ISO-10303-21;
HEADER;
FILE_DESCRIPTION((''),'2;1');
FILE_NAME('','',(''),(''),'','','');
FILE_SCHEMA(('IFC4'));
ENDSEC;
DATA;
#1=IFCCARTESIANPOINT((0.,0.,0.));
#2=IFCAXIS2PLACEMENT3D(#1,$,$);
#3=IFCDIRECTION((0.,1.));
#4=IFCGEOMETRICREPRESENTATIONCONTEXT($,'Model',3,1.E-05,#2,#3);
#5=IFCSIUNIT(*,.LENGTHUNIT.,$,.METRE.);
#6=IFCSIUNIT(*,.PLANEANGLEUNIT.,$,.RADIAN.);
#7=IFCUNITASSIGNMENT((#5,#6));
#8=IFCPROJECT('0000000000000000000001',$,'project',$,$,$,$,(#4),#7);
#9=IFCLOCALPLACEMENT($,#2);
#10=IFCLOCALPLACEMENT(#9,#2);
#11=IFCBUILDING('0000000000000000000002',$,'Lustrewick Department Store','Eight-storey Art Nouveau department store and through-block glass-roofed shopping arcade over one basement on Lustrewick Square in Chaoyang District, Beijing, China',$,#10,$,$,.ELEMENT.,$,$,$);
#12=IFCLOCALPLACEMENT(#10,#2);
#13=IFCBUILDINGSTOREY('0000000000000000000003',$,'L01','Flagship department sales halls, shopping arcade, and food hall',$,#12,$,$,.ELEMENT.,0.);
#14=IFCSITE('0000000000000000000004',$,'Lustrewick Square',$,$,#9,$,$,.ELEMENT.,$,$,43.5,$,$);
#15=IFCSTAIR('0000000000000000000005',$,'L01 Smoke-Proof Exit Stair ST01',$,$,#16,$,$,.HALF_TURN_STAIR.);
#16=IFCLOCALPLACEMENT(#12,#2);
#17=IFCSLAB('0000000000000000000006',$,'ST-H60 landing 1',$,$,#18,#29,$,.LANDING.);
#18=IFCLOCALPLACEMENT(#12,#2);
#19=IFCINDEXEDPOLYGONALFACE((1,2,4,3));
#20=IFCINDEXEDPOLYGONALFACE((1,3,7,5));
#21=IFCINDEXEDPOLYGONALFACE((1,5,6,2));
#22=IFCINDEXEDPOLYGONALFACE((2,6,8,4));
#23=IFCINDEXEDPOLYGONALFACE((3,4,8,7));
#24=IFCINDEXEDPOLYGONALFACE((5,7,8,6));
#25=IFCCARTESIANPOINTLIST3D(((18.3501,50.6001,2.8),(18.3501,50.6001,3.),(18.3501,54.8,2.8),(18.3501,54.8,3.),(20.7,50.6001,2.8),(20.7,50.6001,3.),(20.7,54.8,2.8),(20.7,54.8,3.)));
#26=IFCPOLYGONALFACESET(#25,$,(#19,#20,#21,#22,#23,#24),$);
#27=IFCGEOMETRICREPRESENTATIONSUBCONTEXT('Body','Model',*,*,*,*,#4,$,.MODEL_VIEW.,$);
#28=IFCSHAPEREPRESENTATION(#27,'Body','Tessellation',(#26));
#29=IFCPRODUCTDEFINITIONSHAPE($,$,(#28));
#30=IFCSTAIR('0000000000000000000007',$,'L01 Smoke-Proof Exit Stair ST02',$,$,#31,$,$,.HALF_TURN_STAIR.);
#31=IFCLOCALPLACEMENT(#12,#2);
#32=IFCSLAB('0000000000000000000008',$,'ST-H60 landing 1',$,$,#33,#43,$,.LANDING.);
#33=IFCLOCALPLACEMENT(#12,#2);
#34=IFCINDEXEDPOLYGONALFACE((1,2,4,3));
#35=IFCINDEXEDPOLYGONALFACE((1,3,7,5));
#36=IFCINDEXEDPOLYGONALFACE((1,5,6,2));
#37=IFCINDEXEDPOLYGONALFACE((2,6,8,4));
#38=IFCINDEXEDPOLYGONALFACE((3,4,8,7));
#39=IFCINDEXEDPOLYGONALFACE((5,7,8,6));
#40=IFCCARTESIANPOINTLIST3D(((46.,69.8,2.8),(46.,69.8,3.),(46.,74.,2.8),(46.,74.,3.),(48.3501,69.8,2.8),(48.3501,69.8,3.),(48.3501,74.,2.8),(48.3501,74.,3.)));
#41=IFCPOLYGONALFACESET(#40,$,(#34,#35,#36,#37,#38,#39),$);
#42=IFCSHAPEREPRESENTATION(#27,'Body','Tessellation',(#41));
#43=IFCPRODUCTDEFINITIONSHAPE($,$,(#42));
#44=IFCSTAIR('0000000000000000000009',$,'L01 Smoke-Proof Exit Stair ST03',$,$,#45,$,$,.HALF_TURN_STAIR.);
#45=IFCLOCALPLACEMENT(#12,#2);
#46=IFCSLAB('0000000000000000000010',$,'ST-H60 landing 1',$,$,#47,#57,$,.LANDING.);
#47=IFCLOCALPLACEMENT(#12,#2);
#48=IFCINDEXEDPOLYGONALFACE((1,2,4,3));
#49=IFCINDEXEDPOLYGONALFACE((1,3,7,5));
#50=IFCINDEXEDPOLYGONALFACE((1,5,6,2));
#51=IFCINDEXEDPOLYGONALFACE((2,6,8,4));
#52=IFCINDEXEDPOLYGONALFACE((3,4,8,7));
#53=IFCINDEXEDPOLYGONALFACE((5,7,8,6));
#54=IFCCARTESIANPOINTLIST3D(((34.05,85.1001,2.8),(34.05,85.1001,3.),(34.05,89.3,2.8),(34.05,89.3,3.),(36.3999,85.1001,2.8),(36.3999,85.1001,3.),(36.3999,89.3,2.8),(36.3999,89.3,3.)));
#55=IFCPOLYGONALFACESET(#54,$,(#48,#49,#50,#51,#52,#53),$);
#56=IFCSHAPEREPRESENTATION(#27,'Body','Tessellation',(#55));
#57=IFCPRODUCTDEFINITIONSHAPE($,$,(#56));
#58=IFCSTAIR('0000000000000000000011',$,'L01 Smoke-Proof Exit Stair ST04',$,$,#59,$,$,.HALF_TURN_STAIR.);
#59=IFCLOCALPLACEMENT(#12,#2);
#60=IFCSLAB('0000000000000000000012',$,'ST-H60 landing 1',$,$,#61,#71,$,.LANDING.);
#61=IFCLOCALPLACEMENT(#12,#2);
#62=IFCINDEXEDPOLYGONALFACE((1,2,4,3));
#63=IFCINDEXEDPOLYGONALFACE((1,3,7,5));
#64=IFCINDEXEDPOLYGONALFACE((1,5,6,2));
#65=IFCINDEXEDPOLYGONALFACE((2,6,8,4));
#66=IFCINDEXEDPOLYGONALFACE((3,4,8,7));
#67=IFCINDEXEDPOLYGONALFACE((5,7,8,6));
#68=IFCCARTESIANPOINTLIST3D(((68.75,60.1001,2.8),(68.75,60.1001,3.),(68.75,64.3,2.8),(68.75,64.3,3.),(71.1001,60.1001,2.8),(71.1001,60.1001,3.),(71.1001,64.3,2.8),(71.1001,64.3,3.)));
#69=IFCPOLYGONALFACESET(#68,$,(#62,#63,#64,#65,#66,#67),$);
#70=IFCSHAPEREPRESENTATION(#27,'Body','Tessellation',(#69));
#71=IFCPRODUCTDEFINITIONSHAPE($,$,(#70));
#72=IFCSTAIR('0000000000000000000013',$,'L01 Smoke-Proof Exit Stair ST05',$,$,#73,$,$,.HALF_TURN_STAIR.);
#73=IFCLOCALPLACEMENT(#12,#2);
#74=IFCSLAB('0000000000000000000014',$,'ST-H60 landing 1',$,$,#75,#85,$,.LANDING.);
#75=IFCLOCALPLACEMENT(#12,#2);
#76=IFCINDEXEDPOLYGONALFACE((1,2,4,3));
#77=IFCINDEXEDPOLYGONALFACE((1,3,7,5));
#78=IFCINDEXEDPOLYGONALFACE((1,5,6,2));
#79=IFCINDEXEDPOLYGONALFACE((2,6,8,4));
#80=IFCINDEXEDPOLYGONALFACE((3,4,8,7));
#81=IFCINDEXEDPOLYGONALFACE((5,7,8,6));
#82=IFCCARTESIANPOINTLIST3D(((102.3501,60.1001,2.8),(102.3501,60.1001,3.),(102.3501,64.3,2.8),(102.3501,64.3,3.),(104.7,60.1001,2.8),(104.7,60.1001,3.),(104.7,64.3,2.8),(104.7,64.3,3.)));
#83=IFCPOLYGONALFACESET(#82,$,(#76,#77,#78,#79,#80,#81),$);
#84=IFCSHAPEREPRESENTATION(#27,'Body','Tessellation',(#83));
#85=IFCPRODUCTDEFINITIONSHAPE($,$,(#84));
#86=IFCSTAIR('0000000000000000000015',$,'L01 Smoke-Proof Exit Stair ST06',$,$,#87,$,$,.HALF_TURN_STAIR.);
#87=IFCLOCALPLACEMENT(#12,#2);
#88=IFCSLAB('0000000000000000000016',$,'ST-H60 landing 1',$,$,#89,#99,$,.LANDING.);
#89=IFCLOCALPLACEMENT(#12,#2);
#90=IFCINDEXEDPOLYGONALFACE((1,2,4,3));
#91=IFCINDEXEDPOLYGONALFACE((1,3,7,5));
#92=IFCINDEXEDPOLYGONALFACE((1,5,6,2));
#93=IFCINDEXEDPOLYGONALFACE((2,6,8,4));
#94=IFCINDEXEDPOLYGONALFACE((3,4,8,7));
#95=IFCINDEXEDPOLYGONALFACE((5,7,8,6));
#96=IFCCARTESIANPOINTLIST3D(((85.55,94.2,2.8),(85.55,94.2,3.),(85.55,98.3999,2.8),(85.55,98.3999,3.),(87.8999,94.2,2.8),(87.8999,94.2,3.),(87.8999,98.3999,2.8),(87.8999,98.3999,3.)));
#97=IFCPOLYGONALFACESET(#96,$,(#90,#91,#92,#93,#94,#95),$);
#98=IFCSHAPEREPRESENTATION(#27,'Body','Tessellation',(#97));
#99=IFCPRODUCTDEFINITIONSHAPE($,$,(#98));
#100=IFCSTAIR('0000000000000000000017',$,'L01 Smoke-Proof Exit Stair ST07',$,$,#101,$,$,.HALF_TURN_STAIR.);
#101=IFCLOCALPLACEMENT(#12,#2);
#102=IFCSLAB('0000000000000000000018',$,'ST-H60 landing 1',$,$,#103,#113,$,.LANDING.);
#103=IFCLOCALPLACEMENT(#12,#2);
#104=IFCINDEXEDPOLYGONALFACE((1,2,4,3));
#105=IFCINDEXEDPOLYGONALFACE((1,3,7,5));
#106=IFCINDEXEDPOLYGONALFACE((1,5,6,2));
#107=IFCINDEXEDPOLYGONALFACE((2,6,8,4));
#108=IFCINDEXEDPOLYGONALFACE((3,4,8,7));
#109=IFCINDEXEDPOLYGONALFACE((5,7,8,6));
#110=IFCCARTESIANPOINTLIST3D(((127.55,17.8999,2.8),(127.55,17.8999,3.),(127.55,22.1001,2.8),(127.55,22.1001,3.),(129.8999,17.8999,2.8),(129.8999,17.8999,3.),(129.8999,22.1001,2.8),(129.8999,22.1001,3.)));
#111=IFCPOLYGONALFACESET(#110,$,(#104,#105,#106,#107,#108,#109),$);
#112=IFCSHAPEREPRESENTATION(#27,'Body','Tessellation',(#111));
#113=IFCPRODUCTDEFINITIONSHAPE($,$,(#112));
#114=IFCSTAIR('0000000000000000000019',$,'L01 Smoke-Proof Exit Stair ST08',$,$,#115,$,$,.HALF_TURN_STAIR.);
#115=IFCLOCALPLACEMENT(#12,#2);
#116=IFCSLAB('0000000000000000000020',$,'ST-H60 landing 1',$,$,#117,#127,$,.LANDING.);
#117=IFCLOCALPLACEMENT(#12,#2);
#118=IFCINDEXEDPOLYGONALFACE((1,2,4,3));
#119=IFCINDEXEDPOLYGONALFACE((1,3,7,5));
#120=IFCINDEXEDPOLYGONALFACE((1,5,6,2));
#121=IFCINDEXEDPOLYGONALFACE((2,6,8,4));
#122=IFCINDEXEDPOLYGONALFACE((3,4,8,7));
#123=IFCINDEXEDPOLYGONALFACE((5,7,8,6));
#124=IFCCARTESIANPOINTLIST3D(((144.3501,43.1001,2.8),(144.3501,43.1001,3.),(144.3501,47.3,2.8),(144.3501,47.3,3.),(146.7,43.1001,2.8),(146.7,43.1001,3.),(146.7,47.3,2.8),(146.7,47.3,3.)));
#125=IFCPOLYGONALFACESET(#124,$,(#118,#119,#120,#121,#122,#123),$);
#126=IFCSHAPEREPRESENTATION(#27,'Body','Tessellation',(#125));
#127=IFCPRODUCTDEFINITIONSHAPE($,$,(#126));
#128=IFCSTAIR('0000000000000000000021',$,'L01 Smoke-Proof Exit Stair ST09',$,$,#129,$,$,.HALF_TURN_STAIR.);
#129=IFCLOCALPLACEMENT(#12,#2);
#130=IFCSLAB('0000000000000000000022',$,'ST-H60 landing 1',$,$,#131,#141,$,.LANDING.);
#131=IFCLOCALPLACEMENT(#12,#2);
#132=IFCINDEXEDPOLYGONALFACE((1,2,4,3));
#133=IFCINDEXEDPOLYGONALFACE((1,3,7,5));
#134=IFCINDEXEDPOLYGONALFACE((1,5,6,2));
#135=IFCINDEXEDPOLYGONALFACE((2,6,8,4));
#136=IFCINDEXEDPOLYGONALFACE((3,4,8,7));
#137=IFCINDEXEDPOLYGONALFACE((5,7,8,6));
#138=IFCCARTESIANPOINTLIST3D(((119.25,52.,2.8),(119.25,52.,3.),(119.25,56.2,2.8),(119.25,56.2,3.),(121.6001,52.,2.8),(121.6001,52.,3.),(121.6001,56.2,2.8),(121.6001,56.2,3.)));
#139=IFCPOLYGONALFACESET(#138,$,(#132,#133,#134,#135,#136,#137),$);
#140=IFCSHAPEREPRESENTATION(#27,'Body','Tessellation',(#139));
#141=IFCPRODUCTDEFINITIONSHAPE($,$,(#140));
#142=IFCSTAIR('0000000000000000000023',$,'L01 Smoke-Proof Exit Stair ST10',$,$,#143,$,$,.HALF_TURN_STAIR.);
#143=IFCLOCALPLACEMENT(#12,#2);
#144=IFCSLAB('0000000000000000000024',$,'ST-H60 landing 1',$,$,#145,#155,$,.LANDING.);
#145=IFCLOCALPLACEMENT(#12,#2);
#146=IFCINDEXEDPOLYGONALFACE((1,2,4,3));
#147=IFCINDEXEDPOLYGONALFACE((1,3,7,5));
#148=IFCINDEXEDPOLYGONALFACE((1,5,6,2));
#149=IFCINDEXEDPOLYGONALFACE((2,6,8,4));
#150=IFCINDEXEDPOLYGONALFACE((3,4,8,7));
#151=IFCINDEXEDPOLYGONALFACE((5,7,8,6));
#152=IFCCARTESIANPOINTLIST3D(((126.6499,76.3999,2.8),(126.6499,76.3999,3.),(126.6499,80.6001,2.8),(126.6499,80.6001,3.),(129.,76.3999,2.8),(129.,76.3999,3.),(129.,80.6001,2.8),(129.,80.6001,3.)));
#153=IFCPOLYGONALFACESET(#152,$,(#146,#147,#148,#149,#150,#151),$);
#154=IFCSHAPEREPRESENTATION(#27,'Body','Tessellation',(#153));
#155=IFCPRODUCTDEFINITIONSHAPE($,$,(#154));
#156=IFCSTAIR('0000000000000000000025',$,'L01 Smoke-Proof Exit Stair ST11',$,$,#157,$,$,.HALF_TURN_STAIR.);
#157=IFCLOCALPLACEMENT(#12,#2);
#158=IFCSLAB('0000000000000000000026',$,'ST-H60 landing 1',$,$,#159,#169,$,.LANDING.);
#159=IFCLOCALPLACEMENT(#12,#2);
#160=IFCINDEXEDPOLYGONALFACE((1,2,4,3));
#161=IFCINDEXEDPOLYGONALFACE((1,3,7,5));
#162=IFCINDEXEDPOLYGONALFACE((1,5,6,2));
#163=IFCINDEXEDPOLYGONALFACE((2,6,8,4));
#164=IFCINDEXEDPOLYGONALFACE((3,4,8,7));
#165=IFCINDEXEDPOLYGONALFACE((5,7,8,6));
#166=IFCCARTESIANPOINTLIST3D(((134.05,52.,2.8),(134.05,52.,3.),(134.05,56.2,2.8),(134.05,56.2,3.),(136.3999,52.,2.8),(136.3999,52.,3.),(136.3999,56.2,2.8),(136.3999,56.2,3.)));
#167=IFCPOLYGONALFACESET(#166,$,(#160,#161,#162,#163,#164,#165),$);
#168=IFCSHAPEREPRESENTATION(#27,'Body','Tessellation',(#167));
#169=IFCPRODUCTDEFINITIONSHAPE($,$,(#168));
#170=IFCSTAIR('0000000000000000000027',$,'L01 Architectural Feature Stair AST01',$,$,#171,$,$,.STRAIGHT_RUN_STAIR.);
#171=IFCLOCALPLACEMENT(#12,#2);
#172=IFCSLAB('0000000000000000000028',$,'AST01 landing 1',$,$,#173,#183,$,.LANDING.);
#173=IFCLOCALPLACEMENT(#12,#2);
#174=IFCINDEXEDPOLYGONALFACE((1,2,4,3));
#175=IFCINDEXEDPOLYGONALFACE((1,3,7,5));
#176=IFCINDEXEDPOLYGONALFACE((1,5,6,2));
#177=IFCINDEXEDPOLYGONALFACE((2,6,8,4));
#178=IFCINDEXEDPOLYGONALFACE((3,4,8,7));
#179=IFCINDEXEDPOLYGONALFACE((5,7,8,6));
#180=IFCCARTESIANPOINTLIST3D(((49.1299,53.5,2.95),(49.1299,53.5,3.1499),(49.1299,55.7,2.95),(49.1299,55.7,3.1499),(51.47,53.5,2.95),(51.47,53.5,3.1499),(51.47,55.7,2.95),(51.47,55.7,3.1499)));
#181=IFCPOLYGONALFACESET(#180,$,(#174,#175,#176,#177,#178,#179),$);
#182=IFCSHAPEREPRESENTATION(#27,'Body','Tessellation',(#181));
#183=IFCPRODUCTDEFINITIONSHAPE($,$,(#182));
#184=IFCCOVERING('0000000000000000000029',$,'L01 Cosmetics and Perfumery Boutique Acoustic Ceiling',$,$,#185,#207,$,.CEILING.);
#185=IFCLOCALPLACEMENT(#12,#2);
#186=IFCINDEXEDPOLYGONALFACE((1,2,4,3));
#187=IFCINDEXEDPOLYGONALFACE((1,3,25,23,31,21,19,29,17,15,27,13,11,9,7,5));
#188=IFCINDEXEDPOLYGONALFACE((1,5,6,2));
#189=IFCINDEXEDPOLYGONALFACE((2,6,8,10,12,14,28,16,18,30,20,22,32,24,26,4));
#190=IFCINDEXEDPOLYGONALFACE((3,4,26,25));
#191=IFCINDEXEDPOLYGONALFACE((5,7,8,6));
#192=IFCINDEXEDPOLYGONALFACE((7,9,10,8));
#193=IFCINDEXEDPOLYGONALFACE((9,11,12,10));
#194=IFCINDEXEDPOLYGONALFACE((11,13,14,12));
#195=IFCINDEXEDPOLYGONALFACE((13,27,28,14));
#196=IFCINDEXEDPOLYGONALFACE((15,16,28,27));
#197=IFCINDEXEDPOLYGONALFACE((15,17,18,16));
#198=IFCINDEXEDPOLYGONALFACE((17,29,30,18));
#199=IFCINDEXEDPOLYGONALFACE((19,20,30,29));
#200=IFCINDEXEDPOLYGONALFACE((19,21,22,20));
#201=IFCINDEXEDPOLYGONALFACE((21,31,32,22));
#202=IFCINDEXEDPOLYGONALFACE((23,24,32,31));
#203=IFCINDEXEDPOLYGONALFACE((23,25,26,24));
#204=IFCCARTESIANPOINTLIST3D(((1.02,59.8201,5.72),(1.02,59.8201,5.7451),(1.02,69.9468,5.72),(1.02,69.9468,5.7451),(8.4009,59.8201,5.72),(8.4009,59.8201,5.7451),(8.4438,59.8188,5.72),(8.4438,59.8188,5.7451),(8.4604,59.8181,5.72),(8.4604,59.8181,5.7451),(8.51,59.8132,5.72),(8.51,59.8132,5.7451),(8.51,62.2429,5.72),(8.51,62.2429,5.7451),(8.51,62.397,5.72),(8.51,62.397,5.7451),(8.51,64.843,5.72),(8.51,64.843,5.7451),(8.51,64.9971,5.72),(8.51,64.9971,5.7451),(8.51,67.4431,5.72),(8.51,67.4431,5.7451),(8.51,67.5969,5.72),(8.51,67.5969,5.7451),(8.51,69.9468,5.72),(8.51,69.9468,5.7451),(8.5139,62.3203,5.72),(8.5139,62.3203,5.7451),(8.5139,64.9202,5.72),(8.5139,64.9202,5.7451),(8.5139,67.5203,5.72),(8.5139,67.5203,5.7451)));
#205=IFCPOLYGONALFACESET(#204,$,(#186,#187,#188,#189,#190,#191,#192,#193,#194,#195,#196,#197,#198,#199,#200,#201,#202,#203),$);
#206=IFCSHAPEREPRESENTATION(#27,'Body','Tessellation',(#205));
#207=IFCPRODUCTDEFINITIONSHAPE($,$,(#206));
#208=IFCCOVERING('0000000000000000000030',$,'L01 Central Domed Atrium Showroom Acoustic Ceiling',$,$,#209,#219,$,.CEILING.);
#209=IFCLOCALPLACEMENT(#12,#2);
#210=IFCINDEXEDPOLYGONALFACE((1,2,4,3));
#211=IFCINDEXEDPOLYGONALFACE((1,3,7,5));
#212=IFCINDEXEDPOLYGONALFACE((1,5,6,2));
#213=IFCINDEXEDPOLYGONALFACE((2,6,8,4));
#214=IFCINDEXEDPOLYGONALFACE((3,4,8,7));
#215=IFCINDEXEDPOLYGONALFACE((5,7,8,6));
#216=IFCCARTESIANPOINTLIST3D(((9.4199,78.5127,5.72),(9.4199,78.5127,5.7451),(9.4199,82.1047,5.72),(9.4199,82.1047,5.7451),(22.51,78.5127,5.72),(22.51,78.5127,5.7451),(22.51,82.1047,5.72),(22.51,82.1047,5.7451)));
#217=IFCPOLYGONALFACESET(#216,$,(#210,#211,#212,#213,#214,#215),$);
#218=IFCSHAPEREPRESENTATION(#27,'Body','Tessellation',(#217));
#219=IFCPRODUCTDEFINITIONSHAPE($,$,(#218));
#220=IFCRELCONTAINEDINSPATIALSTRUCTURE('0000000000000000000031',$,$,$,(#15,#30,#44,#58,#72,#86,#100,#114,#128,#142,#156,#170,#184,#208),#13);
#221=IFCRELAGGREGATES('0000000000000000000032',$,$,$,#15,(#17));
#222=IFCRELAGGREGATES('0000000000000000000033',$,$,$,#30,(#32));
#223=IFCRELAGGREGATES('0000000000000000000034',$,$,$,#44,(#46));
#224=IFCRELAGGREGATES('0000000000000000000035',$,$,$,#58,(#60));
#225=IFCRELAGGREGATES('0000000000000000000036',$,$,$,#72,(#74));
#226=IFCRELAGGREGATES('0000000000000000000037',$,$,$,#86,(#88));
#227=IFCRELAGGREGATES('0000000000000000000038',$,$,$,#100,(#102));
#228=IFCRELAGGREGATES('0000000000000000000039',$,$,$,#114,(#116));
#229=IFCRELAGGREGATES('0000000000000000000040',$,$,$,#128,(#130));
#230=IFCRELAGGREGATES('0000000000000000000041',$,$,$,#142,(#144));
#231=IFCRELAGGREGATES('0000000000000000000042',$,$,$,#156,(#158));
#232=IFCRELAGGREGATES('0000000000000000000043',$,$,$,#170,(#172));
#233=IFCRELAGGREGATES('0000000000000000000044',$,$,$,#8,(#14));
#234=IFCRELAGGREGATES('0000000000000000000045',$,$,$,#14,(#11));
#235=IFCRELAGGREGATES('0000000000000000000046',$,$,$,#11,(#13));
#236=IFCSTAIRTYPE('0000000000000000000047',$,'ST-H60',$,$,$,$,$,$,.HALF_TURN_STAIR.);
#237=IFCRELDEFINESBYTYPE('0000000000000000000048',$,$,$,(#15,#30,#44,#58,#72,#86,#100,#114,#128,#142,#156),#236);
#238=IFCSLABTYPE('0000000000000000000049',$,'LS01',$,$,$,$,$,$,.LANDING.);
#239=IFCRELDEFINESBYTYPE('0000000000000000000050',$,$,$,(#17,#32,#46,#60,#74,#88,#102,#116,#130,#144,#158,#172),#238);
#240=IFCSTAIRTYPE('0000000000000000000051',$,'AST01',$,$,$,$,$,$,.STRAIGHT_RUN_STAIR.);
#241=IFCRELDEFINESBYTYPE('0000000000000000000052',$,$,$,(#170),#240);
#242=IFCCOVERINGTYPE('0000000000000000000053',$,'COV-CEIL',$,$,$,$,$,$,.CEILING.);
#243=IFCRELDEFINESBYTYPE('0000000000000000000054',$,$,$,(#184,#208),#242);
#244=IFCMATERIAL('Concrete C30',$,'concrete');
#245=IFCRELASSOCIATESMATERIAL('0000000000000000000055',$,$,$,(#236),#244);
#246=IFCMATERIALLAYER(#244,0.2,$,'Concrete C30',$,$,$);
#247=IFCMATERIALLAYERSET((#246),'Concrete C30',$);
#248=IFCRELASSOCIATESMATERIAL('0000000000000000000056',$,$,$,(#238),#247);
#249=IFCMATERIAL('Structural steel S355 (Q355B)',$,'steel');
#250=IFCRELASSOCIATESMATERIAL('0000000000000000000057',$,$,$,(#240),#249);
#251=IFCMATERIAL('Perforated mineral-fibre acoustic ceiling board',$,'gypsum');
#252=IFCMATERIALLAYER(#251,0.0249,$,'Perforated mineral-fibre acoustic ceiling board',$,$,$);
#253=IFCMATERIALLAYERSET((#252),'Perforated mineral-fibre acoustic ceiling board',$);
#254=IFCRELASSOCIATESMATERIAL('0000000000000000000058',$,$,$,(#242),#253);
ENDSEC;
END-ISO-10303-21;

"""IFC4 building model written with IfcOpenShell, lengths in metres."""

from ifc_helpers import new_model, si_unit, direction, frame, origin, place, context, subcontext, project, spatial, polyline, outline, extrude, material, layer, layer_set, type_object, element, aggregate, save


model = new_model("IFC4")

# Units and contexts
model_context = context("Model", 3, precision=1e-05, world=origin(), true_north=direction((0.0, 1.0)))
body_context = subcontext(model_context, "Body", "Model", "MODEL_VIEW")
ifc_project = project(units=[si_unit("LENGTHUNIT", "METRE"), si_unit("PLANEANGLEUNIT", "RADIAN")], contexts=[model_context])

# Site, building, storey
site_placement = place(None, origin())
site = spatial("IfcSite", under=ifc_project, at=site_placement, Name="Lustrewick Square", CompositionType="ELEMENT", RefElevation=43.5)
building_placement = place(site_placement, origin())
building = spatial("IfcBuilding", under=site, at=building_placement, Name="Lustrewick Department Store", Description="Eight-storey Art Nouveau department store and through-block glass-roofed shopping arcade over one basement on Lustrewick Square in Chaoyang District, Beijing, China", CompositionType="ELEMENT")
storey_placement = place(building_placement, origin())
storey = spatial("IfcBuildingStorey", under=building, at=storey_placement, Name="L01", Description="Flagship department sales halls, shopping arcade, and food hall", CompositionType="ELEMENT", Elevation=0.0)

# Stairs, slabs
ifc_material_1 = material(Name="Concrete C30", Category="concrete")
stair_type_1 = type_object("IfcStairType", Name="ST-H60", PredefinedType="HALF_TURN_STAIR", material=ifc_material_1)
stair_1_placement = place(storey_placement, origin())
stair_1 = element("IfcStair", 1, at=stair_1_placement, inside=storey, type_object=stair_type_1, Name="L01 Smoke-Proof Exit Stair ST01", PredefinedType="HALF_TURN_STAIR")
ifc_layer_1 = layer(ifc_material_1, 0.2, Name="Concrete C30")
ifc_layer_set_1 = layer_set([ifc_layer_1], Name="Concrete C30")
slab_type = type_object("IfcSlabType", Name="LS01", PredefinedType="LANDING", material=ifc_layer_set_1)
slab_1_placement = place(storey_placement, frame((0.0, 0.0, 2.8)))
slab_1 = element("IfcSlab", 2, at=slab_1_placement, type_object=slab_type, Name="ST-H60 landing 1", PredefinedType="LANDING", context=body_context, shape_type="SweptSolid", body=[
    extrude(outline(polyline([(18.3501, 50.6001), (20.7, 50.6001), (20.7, 54.8), (18.3501, 54.8), (18.3501, 50.6001)])), origin(), (0.0, 0.0, 1.0), 0.2),
])
aggregate(stair_1, [slab_1])
stair_2_placement = place(storey_placement, origin())
stair_2 = element("IfcStair", 3, at=stair_2_placement, inside=storey, type_object=stair_type_1, Name="L01 Smoke-Proof Exit Stair ST02", PredefinedType="HALF_TURN_STAIR")
slab_2_placement = place(storey_placement, frame((0.0, 0.0, 2.8)))
slab_2 = element("IfcSlab", 4, at=slab_2_placement, type_object=slab_type, Name="ST-H60 landing 1", PredefinedType="LANDING", context=body_context, shape_type="SweptSolid", body=[
    extrude(outline(polyline([(48.3501, 74.0), (46.0, 74.0), (46.0, 69.8), (48.3501, 69.8), (48.3501, 74.0)])), origin(), (0.0, 0.0, 1.0), 0.2),
])
aggregate(stair_2, [slab_2])
stair_3_placement = place(storey_placement, origin())
stair_3 = element("IfcStair", 5, at=stair_3_placement, inside=storey, type_object=stair_type_1, Name="L01 Smoke-Proof Exit Stair ST03", PredefinedType="HALF_TURN_STAIR")
slab_3_placement = place(storey_placement, frame((0.0, 0.0, 2.8)))
slab_3 = element("IfcSlab", 6, at=slab_3_placement, type_object=slab_type, Name="ST-H60 landing 1", PredefinedType="LANDING", context=body_context, shape_type="SweptSolid", body=[
    extrude(outline(polyline([(34.05, 85.1001), (36.3999, 85.1001), (36.3999, 89.3), (34.05, 89.3), (34.05, 85.1001)])), origin(), (0.0, 0.0, 1.0), 0.2),
])
aggregate(stair_3, [slab_3])
stair_4_placement = place(storey_placement, origin())
stair_4 = element("IfcStair", 7, at=stair_4_placement, inside=storey, type_object=stair_type_1, Name="L01 Smoke-Proof Exit Stair ST04", PredefinedType="HALF_TURN_STAIR")
slab_4_placement = place(storey_placement, frame((0.0, 0.0, 2.8)))
slab_4 = element("IfcSlab", 8, at=slab_4_placement, type_object=slab_type, Name="ST-H60 landing 1", PredefinedType="LANDING", context=body_context, shape_type="SweptSolid", body=[
    extrude(outline(polyline([(68.75, 60.1001), (71.1001, 60.1001), (71.1001, 64.3), (68.75, 64.3), (68.75, 60.1001)])), origin(), (0.0, 0.0, 1.0), 0.2),
])
aggregate(stair_4, [slab_4])
stair_5_placement = place(storey_placement, origin())
stair_5 = element("IfcStair", 9, at=stair_5_placement, inside=storey, type_object=stair_type_1, Name="L01 Smoke-Proof Exit Stair ST05", PredefinedType="HALF_TURN_STAIR")
slab_5_placement = place(storey_placement, frame((0.0, 0.0, 2.8)))
slab_5 = element("IfcSlab", 10, at=slab_5_placement, type_object=slab_type, Name="ST-H60 landing 1", PredefinedType="LANDING", context=body_context, shape_type="SweptSolid", body=[
    extrude(outline(polyline([(102.3501, 60.1001), (104.7, 60.1001), (104.7, 64.3), (102.3501, 64.3), (102.3501, 60.1001)])), origin(), (0.0, 0.0, 1.0), 0.2),
])
aggregate(stair_5, [slab_5])
stair_6_placement = place(storey_placement, origin())
stair_6 = element("IfcStair", 11, at=stair_6_placement, inside=storey, type_object=stair_type_1, Name="L01 Smoke-Proof Exit Stair ST06", PredefinedType="HALF_TURN_STAIR")
slab_6_placement = place(storey_placement, frame((0.0, 0.0, 2.8)))
slab_6 = element("IfcSlab", 12, at=slab_6_placement, type_object=slab_type, Name="ST-H60 landing 1", PredefinedType="LANDING", context=body_context, shape_type="SweptSolid", body=[
    extrude(outline(polyline([(85.55, 94.2), (87.8999, 94.2), (87.8999, 98.3999), (85.55, 98.3999), (85.55, 94.2)])), origin(), (0.0, 0.0, 1.0), 0.2),
])
aggregate(stair_6, [slab_6])
stair_7_placement = place(storey_placement, origin())
stair_7 = element("IfcStair", 13, at=stair_7_placement, inside=storey, type_object=stair_type_1, Name="L01 Smoke-Proof Exit Stair ST07", PredefinedType="HALF_TURN_STAIR")
slab_7_placement = place(storey_placement, frame((0.0, 0.0, 2.8)))
slab_7 = element("IfcSlab", 14, at=slab_7_placement, type_object=slab_type, Name="ST-H60 landing 1", PredefinedType="LANDING", context=body_context, shape_type="SweptSolid", body=[
    extrude(outline(polyline([(127.55, 17.8999), (129.8999, 17.8999), (129.8999, 22.1001), (127.55, 22.1001), (127.55, 17.8999)])), origin(), (0.0, 0.0, 1.0), 0.2),
])
aggregate(stair_7, [slab_7])
stair_8_placement = place(storey_placement, origin())
stair_8 = element("IfcStair", 15, at=stair_8_placement, inside=storey, type_object=stair_type_1, Name="L01 Smoke-Proof Exit Stair ST08", PredefinedType="HALF_TURN_STAIR")
slab_8_placement = place(storey_placement, frame((0.0, 0.0, 2.8)))
slab_8 = element("IfcSlab", 16, at=slab_8_placement, type_object=slab_type, Name="ST-H60 landing 1", PredefinedType="LANDING", context=body_context, shape_type="SweptSolid", body=[
    extrude(outline(polyline([(144.3501, 43.1001), (146.7, 43.1001), (146.7, 47.3), (144.3501, 47.3), (144.3501, 43.1001)])), origin(), (0.0, 0.0, 1.0), 0.2),
])
aggregate(stair_8, [slab_8])
stair_9_placement = place(storey_placement, origin())
stair_9 = element("IfcStair", 17, at=stair_9_placement, inside=storey, type_object=stair_type_1, Name="L01 Smoke-Proof Exit Stair ST09", PredefinedType="HALF_TURN_STAIR")
slab_9_placement = place(storey_placement, frame((0.0, 0.0, 2.8)))
slab_9 = element("IfcSlab", 18, at=slab_9_placement, type_object=slab_type, Name="ST-H60 landing 1", PredefinedType="LANDING", context=body_context, shape_type="SweptSolid", body=[
    extrude(outline(polyline([(119.25, 52.0), (121.6001, 52.0), (121.6001, 56.2), (119.25, 56.2), (119.25, 52.0)])), origin(), (0.0, 0.0, 1.0), 0.2),
])
aggregate(stair_9, [slab_9])
stair_10_placement = place(storey_placement, origin())
stair_10 = element("IfcStair", 19, at=stair_10_placement, inside=storey, type_object=stair_type_1, Name="L01 Smoke-Proof Exit Stair ST10", PredefinedType="HALF_TURN_STAIR")
slab_10_placement = place(storey_placement, frame((0.0, 0.0, 2.8)))
slab_10 = element("IfcSlab", 20, at=slab_10_placement, type_object=slab_type, Name="ST-H60 landing 1", PredefinedType="LANDING", context=body_context, shape_type="SweptSolid", body=[
    extrude(outline(polyline([(126.6499, 76.3999), (129.0, 76.3999), (129.0, 80.6001), (126.6499, 80.6001), (126.6499, 76.3999)])), origin(), (0.0, 0.0, 1.0), 0.2),
])
aggregate(stair_10, [slab_10])
stair_11_placement = place(storey_placement, origin())
stair_11 = element("IfcStair", 21, at=stair_11_placement, inside=storey, type_object=stair_type_1, Name="L01 Smoke-Proof Exit Stair ST11", PredefinedType="HALF_TURN_STAIR")
slab_11_placement = place(storey_placement, frame((0.0, 0.0, 2.8)))
slab_11 = element("IfcSlab", 22, at=slab_11_placement, type_object=slab_type, Name="ST-H60 landing 1", PredefinedType="LANDING", context=body_context, shape_type="SweptSolid", body=[
    extrude(outline(polyline([(134.05, 52.0), (136.3999, 52.0), (136.3999, 56.2), (134.05, 56.2), (134.05, 52.0)])), origin(), (0.0, 0.0, 1.0), 0.2),
])
aggregate(stair_11, [slab_11])
ifc_material_2 = material(Name="Structural steel S355 (Q355B)", Category="steel")
stair_type_2 = type_object("IfcStairType", Name="AST01", PredefinedType="STRAIGHT_RUN_STAIR", material=ifc_material_2)
stair_12_placement = place(storey_placement, origin())
stair_12 = element("IfcStair", 23, at=stair_12_placement, inside=storey, type_object=stair_type_2, Name="L01 Architectural Feature Stair AST01", PredefinedType="STRAIGHT_RUN_STAIR")
slab_12_placement = place(storey_placement, frame((0.0, 0.0, 2.95)))
slab_12 = element("IfcSlab", 24, at=slab_12_placement, type_object=slab_type, Name="AST01 landing 1", PredefinedType="LANDING", context=body_context, shape_type="SweptSolid", body=[
    extrude(outline(polyline([(51.47, 53.5), (51.47, 55.7), (49.1299, 55.7), (49.1299, 53.5), (51.47, 53.5)])), origin(), (0.0, 0.0, 1.0), 0.2),
])
aggregate(stair_12, [slab_12])

# Coverings
ifc_material_3 = material(Name="Perforated mineral-fibre acoustic ceiling board", Category="gypsum")
ifc_layer_2 = layer(ifc_material_3, 0.0249, Name="Perforated mineral-fibre acoustic ceiling board")
ifc_layer_set_2 = layer_set([ifc_layer_2], Name="Perforated mineral-fibre acoustic ceiling board")
covering_type_1 = type_object("IfcCoveringType", Name="COV-CEIL", PredefinedType="CEILING", material=ifc_layer_set_2)
covering_1_placement = place(storey_placement, frame((0.0, 0.0, 5.72)))
element("IfcCovering", 25, at=covering_1_placement, inside=storey, type_object=covering_type_1, Name="L01 Cosmetics and Perfumery Boutique Acoustic Ceiling", PredefinedType="CEILING", context=body_context, shape_type="SweptSolid", body=[
    extrude(outline(polyline([(8.51, 62.2429), (8.5139, 62.3203), (8.51, 62.397), (8.51, 64.843), (8.5139, 64.9202), (8.51, 64.9971), (8.51, 67.4431), (8.5139, 67.5203), (8.51, 67.5969), (8.51, 69.9468), (1.02, 69.9468), (1.02, 59.8201), (8.4009, 59.8201), (8.4438, 59.8188), (8.4604, 59.8181), (8.51, 59.8132), (8.51, 62.2429)])), origin(), (0.0, 0.0, 1.0), 0.0251),
])
covering_2_placement = place(storey_placement, frame((0.0, 0.0, 5.72)))
element("IfcCovering", 26, at=covering_2_placement, inside=storey, type_object=covering_type_1, Name="L01 Central Domed Atrium Showroom Acoustic Ceiling", PredefinedType="CEILING", context=body_context, shape_type="SweptSolid", body=[
    extrude(outline(polyline([(22.51, 82.1047), (9.4199, 82.1047), (9.4199, 78.5127), (22.51, 78.5127), (22.51, 82.1047)])), origin(), (0.0, 0.0, 1.0), 0.0251),
])

save(model, "model.ifc")
